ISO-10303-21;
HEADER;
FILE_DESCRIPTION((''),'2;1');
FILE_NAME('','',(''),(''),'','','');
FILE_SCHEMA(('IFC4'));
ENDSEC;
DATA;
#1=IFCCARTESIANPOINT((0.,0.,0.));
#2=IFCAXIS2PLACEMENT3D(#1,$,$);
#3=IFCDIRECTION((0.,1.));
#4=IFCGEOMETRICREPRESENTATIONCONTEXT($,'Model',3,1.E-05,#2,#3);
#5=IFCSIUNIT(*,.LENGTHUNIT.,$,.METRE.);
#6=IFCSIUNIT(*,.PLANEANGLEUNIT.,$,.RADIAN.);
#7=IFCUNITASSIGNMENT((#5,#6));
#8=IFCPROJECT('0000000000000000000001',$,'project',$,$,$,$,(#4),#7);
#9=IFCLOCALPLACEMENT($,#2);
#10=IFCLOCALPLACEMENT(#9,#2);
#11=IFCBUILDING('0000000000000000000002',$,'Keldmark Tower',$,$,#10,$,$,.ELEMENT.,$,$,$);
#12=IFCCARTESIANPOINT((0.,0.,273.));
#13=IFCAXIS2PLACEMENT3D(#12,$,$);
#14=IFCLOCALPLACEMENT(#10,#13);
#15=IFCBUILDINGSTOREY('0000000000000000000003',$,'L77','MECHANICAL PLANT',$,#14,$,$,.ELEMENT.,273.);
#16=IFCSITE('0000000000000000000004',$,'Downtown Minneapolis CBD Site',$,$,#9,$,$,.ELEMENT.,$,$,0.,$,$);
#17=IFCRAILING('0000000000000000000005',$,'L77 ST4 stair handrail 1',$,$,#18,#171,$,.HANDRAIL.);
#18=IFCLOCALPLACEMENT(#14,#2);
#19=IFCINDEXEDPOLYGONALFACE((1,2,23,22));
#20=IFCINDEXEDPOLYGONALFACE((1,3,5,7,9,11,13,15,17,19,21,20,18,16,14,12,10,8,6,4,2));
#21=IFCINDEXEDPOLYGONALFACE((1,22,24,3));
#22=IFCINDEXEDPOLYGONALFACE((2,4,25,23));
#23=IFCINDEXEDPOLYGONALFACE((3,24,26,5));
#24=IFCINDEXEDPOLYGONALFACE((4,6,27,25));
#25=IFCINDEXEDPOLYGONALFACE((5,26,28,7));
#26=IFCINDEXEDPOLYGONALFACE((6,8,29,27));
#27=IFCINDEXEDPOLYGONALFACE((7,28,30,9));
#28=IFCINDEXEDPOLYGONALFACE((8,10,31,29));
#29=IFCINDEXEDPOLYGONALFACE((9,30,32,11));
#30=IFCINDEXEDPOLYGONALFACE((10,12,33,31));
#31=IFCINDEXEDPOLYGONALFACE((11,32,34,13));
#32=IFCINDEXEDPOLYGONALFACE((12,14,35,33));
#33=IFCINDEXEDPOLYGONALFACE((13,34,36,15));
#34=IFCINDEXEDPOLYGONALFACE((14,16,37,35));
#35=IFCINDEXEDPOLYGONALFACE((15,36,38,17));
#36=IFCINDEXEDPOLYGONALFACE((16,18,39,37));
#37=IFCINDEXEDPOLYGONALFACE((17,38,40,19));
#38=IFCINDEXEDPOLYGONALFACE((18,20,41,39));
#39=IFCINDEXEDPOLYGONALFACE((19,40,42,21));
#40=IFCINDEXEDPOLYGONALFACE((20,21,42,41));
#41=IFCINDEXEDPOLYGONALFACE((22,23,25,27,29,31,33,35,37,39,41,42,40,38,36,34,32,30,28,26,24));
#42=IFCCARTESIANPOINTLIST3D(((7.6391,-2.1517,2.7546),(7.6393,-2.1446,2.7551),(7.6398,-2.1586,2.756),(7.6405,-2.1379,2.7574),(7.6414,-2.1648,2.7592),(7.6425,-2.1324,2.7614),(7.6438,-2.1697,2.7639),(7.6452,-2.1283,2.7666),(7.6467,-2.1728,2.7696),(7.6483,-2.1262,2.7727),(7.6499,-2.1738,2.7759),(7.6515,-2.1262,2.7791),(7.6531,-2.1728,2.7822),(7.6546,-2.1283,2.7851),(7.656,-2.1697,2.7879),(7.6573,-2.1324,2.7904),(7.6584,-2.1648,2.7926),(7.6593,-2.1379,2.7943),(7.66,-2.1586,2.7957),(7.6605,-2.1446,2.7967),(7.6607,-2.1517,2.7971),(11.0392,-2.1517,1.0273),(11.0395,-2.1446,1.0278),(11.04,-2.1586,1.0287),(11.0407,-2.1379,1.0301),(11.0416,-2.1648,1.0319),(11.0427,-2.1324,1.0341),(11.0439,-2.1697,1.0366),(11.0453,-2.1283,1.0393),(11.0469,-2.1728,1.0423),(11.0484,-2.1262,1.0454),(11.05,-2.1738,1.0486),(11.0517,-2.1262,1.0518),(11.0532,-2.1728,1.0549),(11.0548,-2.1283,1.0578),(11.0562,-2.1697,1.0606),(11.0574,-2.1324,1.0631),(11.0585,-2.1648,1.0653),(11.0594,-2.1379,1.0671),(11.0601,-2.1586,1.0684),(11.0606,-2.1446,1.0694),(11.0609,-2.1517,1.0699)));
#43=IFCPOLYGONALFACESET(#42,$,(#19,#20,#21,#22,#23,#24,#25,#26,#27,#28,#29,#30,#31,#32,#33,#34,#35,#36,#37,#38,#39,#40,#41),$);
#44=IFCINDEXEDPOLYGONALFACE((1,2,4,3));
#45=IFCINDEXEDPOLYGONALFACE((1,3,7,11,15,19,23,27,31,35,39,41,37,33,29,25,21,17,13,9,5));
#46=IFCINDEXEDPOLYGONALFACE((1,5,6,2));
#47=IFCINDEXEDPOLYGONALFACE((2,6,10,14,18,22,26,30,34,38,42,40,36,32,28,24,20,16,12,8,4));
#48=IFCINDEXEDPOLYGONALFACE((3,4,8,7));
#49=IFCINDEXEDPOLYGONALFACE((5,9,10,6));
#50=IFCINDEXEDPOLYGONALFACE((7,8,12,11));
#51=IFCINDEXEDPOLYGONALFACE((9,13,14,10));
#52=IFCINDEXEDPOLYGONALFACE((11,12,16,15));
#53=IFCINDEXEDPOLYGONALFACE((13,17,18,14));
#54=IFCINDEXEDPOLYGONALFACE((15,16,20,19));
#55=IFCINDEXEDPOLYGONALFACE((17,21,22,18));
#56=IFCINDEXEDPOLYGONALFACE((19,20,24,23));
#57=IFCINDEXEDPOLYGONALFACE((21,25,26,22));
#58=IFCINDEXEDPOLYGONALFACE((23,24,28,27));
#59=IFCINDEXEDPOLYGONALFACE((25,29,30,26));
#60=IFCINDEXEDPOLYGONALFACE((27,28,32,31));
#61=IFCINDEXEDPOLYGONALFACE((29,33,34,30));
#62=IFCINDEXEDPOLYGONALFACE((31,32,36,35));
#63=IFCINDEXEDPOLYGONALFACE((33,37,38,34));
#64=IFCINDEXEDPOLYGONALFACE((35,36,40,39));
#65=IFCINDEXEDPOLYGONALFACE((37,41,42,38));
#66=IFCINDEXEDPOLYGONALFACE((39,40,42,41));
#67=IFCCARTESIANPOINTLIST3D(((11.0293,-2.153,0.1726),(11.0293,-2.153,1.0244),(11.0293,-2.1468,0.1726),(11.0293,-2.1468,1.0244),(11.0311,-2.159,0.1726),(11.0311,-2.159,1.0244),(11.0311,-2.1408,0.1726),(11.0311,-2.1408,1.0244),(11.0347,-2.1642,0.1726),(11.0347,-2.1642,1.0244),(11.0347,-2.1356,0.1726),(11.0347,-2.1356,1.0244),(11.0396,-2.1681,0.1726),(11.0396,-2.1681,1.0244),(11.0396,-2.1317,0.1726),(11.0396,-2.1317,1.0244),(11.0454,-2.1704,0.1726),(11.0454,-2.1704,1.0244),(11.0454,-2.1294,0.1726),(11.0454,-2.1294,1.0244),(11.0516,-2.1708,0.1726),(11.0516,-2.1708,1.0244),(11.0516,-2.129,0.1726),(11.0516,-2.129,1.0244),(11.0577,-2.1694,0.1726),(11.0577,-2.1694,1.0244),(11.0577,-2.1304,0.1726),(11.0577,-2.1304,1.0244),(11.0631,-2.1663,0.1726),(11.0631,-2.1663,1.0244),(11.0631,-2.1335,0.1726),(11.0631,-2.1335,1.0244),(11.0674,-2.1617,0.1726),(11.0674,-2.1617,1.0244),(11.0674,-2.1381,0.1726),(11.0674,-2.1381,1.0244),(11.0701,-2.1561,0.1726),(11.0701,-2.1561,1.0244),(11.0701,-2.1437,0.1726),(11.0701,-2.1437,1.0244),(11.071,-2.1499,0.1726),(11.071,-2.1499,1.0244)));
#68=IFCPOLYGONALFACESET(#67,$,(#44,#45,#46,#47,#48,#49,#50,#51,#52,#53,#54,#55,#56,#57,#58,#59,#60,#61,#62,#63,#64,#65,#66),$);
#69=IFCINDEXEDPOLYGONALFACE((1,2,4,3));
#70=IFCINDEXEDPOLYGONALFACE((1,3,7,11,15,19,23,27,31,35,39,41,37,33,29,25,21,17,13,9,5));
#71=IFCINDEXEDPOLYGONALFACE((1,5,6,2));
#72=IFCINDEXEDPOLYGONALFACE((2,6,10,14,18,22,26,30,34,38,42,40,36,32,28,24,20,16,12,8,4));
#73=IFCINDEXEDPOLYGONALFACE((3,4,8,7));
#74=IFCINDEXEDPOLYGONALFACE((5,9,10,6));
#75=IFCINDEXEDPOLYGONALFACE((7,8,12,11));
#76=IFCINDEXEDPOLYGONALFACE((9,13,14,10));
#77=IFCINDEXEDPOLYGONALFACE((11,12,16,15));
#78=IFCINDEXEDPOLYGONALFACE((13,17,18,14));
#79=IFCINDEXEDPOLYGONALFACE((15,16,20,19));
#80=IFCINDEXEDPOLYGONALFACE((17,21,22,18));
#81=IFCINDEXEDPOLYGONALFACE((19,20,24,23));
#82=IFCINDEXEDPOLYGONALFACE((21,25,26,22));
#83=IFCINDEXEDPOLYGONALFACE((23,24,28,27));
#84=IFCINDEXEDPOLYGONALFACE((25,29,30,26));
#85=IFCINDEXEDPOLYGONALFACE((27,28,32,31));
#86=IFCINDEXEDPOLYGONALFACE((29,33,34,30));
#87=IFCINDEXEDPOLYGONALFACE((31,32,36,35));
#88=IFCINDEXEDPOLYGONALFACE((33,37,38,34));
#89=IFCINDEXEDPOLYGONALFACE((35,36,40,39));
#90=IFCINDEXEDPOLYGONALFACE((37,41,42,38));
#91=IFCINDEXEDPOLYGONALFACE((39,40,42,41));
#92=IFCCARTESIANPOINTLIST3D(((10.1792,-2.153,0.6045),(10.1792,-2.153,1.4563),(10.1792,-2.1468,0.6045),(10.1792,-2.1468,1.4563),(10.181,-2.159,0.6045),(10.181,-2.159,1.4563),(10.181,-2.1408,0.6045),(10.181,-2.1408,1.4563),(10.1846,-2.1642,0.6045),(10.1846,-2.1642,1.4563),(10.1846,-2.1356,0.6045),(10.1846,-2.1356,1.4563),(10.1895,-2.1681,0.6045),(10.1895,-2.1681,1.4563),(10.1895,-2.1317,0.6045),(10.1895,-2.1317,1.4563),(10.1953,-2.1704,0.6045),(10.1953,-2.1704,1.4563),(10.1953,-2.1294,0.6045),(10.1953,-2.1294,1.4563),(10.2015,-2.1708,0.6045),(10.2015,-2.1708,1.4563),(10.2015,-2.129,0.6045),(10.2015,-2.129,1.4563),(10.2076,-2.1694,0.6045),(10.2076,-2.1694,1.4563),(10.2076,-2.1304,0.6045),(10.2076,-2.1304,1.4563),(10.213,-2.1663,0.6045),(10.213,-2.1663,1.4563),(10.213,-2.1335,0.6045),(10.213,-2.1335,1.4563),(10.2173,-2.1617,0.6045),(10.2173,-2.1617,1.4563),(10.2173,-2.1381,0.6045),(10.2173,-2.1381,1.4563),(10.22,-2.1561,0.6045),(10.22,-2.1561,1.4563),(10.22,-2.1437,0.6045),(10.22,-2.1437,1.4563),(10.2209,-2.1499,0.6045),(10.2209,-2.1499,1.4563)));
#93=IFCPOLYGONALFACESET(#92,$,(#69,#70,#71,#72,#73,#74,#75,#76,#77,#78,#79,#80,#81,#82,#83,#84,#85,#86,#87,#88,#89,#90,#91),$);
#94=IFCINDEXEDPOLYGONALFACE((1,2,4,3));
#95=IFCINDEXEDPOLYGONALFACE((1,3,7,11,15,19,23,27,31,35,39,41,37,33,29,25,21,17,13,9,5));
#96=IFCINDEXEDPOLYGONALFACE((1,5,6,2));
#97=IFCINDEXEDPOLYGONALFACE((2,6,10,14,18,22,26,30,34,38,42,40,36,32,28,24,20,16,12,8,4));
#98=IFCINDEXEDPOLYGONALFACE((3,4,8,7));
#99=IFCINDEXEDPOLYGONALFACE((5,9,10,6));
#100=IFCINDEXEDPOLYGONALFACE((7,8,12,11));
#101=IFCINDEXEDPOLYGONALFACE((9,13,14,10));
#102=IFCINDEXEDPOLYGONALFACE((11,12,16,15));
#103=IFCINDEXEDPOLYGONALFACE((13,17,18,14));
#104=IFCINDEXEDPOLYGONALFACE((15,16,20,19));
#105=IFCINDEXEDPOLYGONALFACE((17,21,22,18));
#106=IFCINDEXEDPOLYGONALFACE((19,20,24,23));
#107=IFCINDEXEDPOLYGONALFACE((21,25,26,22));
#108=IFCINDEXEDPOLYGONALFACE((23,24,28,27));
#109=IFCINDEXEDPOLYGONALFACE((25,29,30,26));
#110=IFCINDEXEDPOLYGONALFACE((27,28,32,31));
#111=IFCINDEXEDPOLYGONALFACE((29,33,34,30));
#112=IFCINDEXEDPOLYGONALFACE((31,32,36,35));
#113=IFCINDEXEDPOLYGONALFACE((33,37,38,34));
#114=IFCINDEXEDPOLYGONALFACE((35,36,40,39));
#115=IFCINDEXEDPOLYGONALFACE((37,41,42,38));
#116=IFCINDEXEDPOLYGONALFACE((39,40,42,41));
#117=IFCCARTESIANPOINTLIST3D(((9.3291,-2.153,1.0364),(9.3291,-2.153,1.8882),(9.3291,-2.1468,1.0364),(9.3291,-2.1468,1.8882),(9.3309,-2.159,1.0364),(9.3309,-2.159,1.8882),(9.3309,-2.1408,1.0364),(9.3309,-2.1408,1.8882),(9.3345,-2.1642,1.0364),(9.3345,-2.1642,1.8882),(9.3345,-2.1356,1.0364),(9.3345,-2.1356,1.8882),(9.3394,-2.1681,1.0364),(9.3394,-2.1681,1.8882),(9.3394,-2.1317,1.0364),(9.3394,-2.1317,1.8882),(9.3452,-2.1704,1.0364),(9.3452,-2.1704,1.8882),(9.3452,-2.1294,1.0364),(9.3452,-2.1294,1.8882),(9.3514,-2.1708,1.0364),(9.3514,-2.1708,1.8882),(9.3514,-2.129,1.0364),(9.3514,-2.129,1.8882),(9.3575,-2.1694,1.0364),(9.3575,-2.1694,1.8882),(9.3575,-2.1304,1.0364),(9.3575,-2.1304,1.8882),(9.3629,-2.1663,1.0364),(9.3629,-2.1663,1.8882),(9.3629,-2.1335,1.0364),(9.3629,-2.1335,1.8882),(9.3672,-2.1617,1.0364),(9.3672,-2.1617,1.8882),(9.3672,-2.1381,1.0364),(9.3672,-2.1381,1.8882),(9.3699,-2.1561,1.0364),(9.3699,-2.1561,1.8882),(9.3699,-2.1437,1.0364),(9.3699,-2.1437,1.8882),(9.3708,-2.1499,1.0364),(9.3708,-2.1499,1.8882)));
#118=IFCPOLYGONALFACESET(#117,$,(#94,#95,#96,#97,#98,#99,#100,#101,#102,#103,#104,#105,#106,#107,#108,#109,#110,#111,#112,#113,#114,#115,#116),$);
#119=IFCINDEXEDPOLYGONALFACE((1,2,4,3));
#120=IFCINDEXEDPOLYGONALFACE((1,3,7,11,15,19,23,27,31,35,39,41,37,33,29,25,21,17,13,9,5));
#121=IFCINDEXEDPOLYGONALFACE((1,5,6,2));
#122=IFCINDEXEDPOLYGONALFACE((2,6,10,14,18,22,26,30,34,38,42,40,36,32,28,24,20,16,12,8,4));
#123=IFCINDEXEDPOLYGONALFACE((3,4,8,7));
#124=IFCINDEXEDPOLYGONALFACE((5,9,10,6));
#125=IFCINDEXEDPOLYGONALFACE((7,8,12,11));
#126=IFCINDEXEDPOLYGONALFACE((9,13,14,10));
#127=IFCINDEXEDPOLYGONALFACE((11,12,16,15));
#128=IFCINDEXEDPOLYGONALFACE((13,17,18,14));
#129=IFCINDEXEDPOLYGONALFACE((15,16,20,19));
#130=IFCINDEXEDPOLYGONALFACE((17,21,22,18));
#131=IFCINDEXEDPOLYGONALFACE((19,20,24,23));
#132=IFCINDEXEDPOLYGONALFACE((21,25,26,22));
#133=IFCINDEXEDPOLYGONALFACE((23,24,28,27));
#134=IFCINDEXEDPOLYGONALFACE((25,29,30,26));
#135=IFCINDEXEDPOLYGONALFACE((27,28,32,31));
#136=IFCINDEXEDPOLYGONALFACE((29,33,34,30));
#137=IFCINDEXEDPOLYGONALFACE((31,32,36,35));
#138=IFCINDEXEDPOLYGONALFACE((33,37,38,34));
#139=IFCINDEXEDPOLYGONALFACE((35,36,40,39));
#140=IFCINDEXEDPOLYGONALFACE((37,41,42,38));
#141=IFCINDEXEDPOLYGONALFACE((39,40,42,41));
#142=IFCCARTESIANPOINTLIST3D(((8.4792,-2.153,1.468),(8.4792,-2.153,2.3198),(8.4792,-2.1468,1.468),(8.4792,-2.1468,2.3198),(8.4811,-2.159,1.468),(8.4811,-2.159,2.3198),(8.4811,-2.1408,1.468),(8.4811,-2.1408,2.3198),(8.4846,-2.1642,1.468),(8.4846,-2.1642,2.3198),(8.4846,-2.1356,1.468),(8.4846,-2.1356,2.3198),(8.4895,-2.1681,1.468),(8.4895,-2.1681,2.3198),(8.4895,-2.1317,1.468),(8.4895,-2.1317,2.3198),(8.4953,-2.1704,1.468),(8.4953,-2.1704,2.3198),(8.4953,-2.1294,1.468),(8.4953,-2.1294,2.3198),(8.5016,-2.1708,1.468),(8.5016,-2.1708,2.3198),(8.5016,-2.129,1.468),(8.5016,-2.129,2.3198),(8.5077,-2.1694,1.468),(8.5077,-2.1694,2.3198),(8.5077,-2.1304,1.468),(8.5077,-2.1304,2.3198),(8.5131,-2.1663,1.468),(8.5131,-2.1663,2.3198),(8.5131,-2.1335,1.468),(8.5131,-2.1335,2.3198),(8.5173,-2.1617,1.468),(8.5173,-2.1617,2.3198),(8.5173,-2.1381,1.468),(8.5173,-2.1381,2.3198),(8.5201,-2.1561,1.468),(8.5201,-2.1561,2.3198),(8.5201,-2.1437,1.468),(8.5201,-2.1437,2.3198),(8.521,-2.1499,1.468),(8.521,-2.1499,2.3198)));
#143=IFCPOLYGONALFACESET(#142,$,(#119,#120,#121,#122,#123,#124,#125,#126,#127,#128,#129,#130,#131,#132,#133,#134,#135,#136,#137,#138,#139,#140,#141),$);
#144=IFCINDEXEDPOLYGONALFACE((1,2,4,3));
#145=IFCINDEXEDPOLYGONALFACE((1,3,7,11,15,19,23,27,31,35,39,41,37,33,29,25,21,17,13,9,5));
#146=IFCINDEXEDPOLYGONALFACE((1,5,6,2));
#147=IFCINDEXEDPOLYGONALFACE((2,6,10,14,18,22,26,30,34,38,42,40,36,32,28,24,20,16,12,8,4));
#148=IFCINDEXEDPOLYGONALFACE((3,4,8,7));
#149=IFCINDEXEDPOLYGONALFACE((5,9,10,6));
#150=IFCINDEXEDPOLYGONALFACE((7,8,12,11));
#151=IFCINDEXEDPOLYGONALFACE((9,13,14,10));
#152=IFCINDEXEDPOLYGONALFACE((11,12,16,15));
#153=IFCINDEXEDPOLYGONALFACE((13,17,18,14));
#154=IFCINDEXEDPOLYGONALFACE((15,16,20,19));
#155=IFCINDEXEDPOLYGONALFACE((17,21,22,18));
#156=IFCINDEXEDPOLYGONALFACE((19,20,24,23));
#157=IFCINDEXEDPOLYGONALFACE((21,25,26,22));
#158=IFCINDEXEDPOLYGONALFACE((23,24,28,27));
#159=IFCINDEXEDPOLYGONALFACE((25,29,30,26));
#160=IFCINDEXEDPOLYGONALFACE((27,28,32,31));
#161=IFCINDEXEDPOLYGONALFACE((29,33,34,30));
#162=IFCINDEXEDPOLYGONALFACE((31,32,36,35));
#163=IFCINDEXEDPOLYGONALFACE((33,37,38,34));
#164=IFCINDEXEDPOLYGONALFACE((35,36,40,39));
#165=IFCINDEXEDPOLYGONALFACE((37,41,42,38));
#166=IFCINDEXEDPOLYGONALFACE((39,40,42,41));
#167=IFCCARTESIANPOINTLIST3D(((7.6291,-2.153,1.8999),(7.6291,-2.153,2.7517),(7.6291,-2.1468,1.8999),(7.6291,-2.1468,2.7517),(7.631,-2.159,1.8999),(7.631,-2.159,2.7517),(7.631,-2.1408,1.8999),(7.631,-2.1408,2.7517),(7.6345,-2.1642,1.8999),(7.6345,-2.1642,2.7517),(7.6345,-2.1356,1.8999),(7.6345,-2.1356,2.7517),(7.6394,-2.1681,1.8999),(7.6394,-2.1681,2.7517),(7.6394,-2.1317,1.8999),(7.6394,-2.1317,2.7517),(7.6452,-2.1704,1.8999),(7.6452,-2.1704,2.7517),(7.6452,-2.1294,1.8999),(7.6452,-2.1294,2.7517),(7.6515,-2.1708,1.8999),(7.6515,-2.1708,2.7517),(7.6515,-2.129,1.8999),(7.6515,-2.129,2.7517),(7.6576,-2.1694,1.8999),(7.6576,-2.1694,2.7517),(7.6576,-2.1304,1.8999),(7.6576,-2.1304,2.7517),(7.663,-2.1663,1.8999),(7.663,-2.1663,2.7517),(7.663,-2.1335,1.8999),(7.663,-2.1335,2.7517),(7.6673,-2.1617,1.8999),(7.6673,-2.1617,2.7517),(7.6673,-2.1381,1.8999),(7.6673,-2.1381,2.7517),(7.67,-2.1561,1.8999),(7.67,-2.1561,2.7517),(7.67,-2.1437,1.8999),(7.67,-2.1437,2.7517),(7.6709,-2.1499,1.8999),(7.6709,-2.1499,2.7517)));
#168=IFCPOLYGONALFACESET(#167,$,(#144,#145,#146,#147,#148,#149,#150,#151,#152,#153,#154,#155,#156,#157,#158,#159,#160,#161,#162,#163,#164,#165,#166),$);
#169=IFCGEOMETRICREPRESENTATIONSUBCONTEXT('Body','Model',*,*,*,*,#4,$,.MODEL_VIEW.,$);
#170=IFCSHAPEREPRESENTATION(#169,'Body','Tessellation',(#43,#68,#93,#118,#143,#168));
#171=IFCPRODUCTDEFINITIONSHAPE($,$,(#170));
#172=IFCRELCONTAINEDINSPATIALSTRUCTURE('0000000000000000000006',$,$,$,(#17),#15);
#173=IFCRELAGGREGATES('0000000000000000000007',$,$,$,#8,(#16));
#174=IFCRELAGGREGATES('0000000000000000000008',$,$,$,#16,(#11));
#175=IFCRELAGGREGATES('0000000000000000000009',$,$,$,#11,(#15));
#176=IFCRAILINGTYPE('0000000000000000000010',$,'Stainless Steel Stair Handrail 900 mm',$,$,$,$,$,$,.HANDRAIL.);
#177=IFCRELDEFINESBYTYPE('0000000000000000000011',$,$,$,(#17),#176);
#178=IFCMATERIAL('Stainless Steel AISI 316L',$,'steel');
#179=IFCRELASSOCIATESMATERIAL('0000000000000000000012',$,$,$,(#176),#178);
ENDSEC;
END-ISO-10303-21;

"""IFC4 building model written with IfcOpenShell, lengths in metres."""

from ifc_helpers import new_model, si_unit, direction, frame, origin, origin_2d, place, context, subcontext, project, spatial, circle, extrude, material, type_object, element, save


model = new_model("IFC4")

# Units and contexts
model_context = context("Model", 3, precision=1e-05, world=origin(), true_north=direction((0.0, 1.0)))
body_context = subcontext(model_context, "Body", "Model", "MODEL_VIEW")
ifc_project = project(units=[si_unit("LENGTHUNIT", "METRE"), si_unit("PLANEANGLEUNIT", "RADIAN")], contexts=[model_context])

# Site, building, storey
site_placement = place(None, origin())
site = spatial("IfcSite", under=ifc_project, at=site_placement, Name="Downtown Minneapolis CBD Site", CompositionType="ELEMENT", RefElevation=0.0)
building_placement = place(site_placement, origin())
building = spatial("IfcBuilding", under=site, at=building_placement, Name="Keldmark Tower", CompositionType="ELEMENT")
storey_placement = place(building_placement, frame((0.0, 0.0, 273.0)))
storey = spatial("IfcBuildingStorey", under=building, at=storey_placement, Name="L77", Description="MECHANICAL PLANT", CompositionType="ELEMENT", Elevation=273.0)

# Railing
ifc_material_1 = material(Name="Stainless Steel AISI 316L", Category="steel")
railing_type = type_object("IfcRailingType", Name="Stainless Steel Stair Handrail 900 mm", PredefinedType="HANDRAIL", material=ifc_material_1)
railing_placement = place(storey_placement, frame((11.05, -2.1499, 0.1726)))
element("IfcRailing", 1, at=railing_placement, inside=storey, type_object=railing_type, Name="L77 ST4 stair handrail 1", PredefinedType="HANDRAIL", context=body_context, shape_type="SweptSolid", body=[
    extrude(circle(Radius=0.0239, at=origin_2d()), frame((0.0, 0.0, 0.876), z_axis=(-0.891554, 0.0, 0.452915), x_axis=(0.0, -1.0, 0.0)), (0.0, 0.0, 1.0), 3.8137),
    extrude(circle(Radius=0.021, at=origin_2d()), origin(), (0.0, 0.0, 1.0), 0.8518),
    extrude(circle(Radius=0.021, at=origin_2d()), frame((-0.8501, 0.0, 0.4319)), (0.0, 0.0, 1.0), 0.8518),
    extrude(circle(Radius=0.021, at=origin_2d()), frame((-1.7002, 0.0, 0.8638)), (0.0, 0.0, 1.0), 0.8518),
    extrude(circle(Radius=0.021, at=origin_2d()), frame((-2.55, 0.0, 1.2954)), (0.0, 0.0, 1.0), 0.8518),
    extrude(circle(Radius=0.021, at=origin_2d()), frame((-3.4001, 0.0, 1.7273)), (0.0, 0.0, 1.0), 0.8518),
])

save(model, "model.ifc")
